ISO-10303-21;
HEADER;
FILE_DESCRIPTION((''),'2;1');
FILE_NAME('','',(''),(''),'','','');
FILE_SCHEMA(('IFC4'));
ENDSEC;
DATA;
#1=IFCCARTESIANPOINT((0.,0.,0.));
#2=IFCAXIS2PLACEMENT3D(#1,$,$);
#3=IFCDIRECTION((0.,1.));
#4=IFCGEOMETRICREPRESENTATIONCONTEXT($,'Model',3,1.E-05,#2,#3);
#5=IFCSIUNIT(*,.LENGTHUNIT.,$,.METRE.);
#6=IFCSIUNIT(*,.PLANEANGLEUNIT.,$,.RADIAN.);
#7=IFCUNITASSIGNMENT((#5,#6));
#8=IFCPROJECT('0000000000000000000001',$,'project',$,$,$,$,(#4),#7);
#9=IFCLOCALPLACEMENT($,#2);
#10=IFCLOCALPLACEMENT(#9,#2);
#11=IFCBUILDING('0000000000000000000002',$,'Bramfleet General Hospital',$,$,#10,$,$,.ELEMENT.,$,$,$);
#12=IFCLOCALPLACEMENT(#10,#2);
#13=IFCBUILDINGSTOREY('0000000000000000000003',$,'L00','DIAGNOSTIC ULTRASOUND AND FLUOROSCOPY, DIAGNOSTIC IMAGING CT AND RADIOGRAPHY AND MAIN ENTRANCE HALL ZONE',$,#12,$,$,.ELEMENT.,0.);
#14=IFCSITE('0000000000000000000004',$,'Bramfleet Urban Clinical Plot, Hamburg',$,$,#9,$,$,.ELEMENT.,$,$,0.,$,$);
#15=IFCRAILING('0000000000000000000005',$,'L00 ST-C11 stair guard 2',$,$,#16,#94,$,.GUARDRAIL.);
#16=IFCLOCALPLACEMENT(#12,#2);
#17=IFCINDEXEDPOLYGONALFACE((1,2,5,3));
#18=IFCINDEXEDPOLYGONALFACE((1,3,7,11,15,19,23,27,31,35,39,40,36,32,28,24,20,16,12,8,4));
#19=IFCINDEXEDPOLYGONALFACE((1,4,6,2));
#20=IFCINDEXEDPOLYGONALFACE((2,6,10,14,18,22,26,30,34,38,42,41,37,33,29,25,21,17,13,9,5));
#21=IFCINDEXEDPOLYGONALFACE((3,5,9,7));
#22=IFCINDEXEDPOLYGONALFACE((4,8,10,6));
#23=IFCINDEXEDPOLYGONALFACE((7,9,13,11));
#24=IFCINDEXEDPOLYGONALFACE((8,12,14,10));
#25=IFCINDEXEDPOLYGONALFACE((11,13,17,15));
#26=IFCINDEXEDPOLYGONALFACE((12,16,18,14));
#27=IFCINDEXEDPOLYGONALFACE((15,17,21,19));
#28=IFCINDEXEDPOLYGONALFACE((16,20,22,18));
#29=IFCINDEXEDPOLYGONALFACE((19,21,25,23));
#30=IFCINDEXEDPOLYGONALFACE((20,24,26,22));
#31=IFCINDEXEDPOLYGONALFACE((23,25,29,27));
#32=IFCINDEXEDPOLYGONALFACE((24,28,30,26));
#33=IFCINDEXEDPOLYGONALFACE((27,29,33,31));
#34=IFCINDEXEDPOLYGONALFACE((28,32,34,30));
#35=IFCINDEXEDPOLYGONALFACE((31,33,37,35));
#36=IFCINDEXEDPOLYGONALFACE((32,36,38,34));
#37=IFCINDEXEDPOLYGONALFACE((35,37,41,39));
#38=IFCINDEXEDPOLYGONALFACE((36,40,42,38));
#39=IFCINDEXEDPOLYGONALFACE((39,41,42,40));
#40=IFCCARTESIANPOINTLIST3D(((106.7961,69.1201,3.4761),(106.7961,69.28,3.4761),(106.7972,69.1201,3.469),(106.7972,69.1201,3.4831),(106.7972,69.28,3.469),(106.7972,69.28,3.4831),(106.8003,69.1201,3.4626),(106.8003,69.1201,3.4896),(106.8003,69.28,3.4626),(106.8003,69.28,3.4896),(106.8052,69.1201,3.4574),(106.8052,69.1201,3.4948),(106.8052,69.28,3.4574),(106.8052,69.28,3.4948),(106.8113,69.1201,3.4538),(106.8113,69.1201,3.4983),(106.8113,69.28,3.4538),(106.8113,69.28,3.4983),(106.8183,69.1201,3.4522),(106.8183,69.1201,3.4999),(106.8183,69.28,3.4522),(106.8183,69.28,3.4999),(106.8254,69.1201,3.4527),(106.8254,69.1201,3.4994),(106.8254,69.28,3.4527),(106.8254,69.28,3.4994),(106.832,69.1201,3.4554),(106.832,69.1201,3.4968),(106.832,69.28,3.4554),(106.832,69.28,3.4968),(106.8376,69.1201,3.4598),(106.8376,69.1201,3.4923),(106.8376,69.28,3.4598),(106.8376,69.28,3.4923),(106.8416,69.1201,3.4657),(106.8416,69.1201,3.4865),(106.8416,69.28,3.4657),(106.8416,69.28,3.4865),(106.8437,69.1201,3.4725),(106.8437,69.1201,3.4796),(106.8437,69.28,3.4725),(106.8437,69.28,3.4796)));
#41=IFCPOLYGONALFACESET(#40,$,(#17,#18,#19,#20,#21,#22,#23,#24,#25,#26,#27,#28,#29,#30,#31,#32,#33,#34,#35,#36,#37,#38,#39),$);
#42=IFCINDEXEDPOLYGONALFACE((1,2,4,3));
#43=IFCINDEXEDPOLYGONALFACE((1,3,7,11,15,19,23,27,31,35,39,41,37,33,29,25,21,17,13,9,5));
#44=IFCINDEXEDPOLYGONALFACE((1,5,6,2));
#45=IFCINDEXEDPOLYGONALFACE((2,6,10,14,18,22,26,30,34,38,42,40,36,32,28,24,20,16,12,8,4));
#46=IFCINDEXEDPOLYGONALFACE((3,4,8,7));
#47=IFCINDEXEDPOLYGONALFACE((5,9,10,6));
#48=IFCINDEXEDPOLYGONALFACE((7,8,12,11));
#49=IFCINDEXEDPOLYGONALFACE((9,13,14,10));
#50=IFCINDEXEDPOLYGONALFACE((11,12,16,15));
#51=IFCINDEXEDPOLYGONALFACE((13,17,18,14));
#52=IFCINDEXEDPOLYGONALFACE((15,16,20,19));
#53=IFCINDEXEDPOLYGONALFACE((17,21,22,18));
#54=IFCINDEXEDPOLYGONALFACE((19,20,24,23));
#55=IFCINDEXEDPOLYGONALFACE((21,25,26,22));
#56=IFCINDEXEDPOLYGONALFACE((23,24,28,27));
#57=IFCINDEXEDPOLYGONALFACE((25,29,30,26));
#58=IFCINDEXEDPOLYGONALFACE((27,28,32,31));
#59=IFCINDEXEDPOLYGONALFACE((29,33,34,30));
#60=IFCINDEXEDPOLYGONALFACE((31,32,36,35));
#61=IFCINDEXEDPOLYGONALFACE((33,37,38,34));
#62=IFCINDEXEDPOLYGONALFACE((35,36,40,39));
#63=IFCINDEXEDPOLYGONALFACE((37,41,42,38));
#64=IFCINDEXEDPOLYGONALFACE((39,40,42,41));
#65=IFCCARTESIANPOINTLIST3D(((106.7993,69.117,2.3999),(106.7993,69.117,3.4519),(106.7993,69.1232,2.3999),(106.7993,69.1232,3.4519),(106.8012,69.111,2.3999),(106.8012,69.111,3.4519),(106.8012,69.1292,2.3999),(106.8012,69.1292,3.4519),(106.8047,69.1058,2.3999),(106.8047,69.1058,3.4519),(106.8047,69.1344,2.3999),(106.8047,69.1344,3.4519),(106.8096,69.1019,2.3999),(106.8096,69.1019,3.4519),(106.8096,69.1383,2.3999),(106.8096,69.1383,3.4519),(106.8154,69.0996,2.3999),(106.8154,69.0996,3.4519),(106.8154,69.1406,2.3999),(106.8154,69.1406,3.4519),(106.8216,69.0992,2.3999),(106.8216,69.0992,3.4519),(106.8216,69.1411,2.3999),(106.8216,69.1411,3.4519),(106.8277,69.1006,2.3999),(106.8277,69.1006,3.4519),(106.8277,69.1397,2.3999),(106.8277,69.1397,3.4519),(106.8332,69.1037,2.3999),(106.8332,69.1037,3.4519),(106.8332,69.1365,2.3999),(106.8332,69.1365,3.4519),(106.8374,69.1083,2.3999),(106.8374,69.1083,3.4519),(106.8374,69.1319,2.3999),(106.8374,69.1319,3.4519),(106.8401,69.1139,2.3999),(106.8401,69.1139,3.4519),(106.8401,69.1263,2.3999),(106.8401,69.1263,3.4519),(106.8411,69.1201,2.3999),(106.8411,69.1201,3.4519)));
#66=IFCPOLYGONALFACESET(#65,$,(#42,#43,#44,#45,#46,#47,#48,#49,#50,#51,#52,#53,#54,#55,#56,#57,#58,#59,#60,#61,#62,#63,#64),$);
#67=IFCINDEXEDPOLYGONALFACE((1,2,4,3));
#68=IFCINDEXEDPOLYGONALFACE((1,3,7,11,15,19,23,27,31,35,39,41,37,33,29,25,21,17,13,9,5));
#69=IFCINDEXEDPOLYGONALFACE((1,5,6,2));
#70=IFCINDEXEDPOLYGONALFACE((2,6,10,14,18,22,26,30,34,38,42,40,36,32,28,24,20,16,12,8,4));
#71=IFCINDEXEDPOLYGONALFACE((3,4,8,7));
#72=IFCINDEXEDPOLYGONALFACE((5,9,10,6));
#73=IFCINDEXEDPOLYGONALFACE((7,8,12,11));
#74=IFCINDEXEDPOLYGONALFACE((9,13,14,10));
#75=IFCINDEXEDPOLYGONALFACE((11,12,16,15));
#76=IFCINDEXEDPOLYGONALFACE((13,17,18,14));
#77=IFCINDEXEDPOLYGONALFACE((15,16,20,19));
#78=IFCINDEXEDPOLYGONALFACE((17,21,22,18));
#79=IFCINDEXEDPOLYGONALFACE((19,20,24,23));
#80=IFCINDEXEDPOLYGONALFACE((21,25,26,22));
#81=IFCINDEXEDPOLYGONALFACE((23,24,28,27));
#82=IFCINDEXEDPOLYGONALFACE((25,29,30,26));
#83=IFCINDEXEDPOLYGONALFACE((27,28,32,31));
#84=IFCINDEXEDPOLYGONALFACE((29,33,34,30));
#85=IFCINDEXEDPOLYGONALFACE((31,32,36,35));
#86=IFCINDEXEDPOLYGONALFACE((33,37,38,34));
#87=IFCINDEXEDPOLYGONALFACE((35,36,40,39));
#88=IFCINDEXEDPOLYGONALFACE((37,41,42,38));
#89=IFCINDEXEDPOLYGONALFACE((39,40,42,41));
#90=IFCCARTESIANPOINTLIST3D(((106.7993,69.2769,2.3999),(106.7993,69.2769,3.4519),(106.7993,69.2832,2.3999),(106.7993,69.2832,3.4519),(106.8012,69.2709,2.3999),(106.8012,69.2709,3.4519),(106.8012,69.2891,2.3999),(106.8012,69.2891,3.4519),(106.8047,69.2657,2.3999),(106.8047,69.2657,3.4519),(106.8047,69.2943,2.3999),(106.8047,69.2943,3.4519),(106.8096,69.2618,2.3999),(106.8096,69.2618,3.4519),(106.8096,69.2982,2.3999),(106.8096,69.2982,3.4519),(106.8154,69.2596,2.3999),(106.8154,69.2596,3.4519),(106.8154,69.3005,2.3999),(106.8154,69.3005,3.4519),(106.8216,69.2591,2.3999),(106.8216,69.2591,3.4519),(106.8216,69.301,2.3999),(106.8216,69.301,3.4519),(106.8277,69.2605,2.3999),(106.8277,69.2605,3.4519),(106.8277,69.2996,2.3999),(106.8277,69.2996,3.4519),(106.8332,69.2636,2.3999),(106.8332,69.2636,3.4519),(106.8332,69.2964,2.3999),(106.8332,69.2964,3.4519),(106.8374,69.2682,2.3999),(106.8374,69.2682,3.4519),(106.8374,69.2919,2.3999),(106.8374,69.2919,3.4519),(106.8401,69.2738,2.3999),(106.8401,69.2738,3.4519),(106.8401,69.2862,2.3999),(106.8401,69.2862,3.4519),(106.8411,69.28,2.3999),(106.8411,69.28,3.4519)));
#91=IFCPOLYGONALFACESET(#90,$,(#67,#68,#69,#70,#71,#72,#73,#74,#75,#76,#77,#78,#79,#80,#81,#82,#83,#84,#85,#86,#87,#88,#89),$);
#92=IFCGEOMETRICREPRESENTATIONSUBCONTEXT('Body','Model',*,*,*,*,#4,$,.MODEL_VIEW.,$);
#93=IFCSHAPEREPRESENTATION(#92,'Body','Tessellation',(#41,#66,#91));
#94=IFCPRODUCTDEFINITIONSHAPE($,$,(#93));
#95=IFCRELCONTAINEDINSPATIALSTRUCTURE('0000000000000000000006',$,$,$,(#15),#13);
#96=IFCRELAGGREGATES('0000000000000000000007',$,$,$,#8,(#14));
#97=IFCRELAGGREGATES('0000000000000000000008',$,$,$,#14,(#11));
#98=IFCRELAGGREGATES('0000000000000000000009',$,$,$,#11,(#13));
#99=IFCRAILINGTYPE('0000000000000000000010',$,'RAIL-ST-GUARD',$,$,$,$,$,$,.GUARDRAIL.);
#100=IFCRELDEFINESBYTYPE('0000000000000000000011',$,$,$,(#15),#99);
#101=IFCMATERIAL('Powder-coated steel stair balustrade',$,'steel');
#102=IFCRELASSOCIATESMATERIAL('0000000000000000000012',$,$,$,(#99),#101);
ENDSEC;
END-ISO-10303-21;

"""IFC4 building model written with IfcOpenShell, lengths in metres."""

from ifc_helpers import new_model, si_unit, direction, frame, origin, origin_2d, place, context, subcontext, project, spatial, circle, extrude, material, type_object, element, save


model = new_model("IFC4")

# Units and contexts
model_context = context("Model", 3, precision=1e-05, world=origin(), true_north=direction((0.0, 1.0)))
body_context = subcontext(model_context, "Body", "Model", "MODEL_VIEW")
ifc_project = project(units=[si_unit("LENGTHUNIT", "METRE"), si_unit("PLANEANGLEUNIT", "RADIAN")], contexts=[model_context])

# Site, building, storey
site_placement = place(None, origin())
site = spatial("IfcSite", under=ifc_project, at=site_placement, Name="Bramfleet Urban Clinical Plot, Hamburg", CompositionType="ELEMENT", RefElevation=0.0)
building_placement = place(site_placement, origin())
building = spatial("IfcBuilding", under=site, at=building_placement, Name="Bramfleet General Hospital", CompositionType="ELEMENT")
storey_placement = place(building_placement, origin())
storey = spatial("IfcBuildingStorey", under=building, at=storey_placement, Name="L00", Description="DIAGNOSTIC ULTRASOUND AND FLUOROSCOPY, DIAGNOSTIC IMAGING CT AND RADIOGRAPHY AND MAIN ENTRANCE HALL ZONE", CompositionType="ELEMENT", Elevation=0.0)

# Railing
ifc_material_1 = material(Name="Powder-coated steel stair balustrade", Category="steel")
railing_type_1 = type_object("IfcRailingType", Name="RAIL-ST-GUARD", PredefinedType="GUARDRAIL", material=ifc_material_1)
railing_1_placement = place(storey_placement, frame((106.8201, 69.1201, 2.3999)))
element("IfcRailing", 1, at=railing_1_placement, inside=storey, type_object=railing_type_1, Name="L00 ST-C11 stair guard 2", PredefinedType="GUARDRAIL", context=body_context, shape_type="SweptSolid", body=[
    extrude(circle(Radius=0.0239, at=origin_2d()), frame((0.0, 0.0, 1.0762), z_axis=(0.0, 1.0, 0.0), x_axis=(-1.0, 0.0, 0.0)), (0.0, 0.0, 1.0), 0.1599),
    extrude(circle(Radius=0.021, at=origin_2d()), origin(), (0.0, 0.0, 1.0), 1.052),
    extrude(circle(Radius=0.021, at=origin_2d()), frame((0.0, 0.1599, 0.0)), (0.0, 0.0, 1.0), 1.052),
])

save(model, "model.ifc")
